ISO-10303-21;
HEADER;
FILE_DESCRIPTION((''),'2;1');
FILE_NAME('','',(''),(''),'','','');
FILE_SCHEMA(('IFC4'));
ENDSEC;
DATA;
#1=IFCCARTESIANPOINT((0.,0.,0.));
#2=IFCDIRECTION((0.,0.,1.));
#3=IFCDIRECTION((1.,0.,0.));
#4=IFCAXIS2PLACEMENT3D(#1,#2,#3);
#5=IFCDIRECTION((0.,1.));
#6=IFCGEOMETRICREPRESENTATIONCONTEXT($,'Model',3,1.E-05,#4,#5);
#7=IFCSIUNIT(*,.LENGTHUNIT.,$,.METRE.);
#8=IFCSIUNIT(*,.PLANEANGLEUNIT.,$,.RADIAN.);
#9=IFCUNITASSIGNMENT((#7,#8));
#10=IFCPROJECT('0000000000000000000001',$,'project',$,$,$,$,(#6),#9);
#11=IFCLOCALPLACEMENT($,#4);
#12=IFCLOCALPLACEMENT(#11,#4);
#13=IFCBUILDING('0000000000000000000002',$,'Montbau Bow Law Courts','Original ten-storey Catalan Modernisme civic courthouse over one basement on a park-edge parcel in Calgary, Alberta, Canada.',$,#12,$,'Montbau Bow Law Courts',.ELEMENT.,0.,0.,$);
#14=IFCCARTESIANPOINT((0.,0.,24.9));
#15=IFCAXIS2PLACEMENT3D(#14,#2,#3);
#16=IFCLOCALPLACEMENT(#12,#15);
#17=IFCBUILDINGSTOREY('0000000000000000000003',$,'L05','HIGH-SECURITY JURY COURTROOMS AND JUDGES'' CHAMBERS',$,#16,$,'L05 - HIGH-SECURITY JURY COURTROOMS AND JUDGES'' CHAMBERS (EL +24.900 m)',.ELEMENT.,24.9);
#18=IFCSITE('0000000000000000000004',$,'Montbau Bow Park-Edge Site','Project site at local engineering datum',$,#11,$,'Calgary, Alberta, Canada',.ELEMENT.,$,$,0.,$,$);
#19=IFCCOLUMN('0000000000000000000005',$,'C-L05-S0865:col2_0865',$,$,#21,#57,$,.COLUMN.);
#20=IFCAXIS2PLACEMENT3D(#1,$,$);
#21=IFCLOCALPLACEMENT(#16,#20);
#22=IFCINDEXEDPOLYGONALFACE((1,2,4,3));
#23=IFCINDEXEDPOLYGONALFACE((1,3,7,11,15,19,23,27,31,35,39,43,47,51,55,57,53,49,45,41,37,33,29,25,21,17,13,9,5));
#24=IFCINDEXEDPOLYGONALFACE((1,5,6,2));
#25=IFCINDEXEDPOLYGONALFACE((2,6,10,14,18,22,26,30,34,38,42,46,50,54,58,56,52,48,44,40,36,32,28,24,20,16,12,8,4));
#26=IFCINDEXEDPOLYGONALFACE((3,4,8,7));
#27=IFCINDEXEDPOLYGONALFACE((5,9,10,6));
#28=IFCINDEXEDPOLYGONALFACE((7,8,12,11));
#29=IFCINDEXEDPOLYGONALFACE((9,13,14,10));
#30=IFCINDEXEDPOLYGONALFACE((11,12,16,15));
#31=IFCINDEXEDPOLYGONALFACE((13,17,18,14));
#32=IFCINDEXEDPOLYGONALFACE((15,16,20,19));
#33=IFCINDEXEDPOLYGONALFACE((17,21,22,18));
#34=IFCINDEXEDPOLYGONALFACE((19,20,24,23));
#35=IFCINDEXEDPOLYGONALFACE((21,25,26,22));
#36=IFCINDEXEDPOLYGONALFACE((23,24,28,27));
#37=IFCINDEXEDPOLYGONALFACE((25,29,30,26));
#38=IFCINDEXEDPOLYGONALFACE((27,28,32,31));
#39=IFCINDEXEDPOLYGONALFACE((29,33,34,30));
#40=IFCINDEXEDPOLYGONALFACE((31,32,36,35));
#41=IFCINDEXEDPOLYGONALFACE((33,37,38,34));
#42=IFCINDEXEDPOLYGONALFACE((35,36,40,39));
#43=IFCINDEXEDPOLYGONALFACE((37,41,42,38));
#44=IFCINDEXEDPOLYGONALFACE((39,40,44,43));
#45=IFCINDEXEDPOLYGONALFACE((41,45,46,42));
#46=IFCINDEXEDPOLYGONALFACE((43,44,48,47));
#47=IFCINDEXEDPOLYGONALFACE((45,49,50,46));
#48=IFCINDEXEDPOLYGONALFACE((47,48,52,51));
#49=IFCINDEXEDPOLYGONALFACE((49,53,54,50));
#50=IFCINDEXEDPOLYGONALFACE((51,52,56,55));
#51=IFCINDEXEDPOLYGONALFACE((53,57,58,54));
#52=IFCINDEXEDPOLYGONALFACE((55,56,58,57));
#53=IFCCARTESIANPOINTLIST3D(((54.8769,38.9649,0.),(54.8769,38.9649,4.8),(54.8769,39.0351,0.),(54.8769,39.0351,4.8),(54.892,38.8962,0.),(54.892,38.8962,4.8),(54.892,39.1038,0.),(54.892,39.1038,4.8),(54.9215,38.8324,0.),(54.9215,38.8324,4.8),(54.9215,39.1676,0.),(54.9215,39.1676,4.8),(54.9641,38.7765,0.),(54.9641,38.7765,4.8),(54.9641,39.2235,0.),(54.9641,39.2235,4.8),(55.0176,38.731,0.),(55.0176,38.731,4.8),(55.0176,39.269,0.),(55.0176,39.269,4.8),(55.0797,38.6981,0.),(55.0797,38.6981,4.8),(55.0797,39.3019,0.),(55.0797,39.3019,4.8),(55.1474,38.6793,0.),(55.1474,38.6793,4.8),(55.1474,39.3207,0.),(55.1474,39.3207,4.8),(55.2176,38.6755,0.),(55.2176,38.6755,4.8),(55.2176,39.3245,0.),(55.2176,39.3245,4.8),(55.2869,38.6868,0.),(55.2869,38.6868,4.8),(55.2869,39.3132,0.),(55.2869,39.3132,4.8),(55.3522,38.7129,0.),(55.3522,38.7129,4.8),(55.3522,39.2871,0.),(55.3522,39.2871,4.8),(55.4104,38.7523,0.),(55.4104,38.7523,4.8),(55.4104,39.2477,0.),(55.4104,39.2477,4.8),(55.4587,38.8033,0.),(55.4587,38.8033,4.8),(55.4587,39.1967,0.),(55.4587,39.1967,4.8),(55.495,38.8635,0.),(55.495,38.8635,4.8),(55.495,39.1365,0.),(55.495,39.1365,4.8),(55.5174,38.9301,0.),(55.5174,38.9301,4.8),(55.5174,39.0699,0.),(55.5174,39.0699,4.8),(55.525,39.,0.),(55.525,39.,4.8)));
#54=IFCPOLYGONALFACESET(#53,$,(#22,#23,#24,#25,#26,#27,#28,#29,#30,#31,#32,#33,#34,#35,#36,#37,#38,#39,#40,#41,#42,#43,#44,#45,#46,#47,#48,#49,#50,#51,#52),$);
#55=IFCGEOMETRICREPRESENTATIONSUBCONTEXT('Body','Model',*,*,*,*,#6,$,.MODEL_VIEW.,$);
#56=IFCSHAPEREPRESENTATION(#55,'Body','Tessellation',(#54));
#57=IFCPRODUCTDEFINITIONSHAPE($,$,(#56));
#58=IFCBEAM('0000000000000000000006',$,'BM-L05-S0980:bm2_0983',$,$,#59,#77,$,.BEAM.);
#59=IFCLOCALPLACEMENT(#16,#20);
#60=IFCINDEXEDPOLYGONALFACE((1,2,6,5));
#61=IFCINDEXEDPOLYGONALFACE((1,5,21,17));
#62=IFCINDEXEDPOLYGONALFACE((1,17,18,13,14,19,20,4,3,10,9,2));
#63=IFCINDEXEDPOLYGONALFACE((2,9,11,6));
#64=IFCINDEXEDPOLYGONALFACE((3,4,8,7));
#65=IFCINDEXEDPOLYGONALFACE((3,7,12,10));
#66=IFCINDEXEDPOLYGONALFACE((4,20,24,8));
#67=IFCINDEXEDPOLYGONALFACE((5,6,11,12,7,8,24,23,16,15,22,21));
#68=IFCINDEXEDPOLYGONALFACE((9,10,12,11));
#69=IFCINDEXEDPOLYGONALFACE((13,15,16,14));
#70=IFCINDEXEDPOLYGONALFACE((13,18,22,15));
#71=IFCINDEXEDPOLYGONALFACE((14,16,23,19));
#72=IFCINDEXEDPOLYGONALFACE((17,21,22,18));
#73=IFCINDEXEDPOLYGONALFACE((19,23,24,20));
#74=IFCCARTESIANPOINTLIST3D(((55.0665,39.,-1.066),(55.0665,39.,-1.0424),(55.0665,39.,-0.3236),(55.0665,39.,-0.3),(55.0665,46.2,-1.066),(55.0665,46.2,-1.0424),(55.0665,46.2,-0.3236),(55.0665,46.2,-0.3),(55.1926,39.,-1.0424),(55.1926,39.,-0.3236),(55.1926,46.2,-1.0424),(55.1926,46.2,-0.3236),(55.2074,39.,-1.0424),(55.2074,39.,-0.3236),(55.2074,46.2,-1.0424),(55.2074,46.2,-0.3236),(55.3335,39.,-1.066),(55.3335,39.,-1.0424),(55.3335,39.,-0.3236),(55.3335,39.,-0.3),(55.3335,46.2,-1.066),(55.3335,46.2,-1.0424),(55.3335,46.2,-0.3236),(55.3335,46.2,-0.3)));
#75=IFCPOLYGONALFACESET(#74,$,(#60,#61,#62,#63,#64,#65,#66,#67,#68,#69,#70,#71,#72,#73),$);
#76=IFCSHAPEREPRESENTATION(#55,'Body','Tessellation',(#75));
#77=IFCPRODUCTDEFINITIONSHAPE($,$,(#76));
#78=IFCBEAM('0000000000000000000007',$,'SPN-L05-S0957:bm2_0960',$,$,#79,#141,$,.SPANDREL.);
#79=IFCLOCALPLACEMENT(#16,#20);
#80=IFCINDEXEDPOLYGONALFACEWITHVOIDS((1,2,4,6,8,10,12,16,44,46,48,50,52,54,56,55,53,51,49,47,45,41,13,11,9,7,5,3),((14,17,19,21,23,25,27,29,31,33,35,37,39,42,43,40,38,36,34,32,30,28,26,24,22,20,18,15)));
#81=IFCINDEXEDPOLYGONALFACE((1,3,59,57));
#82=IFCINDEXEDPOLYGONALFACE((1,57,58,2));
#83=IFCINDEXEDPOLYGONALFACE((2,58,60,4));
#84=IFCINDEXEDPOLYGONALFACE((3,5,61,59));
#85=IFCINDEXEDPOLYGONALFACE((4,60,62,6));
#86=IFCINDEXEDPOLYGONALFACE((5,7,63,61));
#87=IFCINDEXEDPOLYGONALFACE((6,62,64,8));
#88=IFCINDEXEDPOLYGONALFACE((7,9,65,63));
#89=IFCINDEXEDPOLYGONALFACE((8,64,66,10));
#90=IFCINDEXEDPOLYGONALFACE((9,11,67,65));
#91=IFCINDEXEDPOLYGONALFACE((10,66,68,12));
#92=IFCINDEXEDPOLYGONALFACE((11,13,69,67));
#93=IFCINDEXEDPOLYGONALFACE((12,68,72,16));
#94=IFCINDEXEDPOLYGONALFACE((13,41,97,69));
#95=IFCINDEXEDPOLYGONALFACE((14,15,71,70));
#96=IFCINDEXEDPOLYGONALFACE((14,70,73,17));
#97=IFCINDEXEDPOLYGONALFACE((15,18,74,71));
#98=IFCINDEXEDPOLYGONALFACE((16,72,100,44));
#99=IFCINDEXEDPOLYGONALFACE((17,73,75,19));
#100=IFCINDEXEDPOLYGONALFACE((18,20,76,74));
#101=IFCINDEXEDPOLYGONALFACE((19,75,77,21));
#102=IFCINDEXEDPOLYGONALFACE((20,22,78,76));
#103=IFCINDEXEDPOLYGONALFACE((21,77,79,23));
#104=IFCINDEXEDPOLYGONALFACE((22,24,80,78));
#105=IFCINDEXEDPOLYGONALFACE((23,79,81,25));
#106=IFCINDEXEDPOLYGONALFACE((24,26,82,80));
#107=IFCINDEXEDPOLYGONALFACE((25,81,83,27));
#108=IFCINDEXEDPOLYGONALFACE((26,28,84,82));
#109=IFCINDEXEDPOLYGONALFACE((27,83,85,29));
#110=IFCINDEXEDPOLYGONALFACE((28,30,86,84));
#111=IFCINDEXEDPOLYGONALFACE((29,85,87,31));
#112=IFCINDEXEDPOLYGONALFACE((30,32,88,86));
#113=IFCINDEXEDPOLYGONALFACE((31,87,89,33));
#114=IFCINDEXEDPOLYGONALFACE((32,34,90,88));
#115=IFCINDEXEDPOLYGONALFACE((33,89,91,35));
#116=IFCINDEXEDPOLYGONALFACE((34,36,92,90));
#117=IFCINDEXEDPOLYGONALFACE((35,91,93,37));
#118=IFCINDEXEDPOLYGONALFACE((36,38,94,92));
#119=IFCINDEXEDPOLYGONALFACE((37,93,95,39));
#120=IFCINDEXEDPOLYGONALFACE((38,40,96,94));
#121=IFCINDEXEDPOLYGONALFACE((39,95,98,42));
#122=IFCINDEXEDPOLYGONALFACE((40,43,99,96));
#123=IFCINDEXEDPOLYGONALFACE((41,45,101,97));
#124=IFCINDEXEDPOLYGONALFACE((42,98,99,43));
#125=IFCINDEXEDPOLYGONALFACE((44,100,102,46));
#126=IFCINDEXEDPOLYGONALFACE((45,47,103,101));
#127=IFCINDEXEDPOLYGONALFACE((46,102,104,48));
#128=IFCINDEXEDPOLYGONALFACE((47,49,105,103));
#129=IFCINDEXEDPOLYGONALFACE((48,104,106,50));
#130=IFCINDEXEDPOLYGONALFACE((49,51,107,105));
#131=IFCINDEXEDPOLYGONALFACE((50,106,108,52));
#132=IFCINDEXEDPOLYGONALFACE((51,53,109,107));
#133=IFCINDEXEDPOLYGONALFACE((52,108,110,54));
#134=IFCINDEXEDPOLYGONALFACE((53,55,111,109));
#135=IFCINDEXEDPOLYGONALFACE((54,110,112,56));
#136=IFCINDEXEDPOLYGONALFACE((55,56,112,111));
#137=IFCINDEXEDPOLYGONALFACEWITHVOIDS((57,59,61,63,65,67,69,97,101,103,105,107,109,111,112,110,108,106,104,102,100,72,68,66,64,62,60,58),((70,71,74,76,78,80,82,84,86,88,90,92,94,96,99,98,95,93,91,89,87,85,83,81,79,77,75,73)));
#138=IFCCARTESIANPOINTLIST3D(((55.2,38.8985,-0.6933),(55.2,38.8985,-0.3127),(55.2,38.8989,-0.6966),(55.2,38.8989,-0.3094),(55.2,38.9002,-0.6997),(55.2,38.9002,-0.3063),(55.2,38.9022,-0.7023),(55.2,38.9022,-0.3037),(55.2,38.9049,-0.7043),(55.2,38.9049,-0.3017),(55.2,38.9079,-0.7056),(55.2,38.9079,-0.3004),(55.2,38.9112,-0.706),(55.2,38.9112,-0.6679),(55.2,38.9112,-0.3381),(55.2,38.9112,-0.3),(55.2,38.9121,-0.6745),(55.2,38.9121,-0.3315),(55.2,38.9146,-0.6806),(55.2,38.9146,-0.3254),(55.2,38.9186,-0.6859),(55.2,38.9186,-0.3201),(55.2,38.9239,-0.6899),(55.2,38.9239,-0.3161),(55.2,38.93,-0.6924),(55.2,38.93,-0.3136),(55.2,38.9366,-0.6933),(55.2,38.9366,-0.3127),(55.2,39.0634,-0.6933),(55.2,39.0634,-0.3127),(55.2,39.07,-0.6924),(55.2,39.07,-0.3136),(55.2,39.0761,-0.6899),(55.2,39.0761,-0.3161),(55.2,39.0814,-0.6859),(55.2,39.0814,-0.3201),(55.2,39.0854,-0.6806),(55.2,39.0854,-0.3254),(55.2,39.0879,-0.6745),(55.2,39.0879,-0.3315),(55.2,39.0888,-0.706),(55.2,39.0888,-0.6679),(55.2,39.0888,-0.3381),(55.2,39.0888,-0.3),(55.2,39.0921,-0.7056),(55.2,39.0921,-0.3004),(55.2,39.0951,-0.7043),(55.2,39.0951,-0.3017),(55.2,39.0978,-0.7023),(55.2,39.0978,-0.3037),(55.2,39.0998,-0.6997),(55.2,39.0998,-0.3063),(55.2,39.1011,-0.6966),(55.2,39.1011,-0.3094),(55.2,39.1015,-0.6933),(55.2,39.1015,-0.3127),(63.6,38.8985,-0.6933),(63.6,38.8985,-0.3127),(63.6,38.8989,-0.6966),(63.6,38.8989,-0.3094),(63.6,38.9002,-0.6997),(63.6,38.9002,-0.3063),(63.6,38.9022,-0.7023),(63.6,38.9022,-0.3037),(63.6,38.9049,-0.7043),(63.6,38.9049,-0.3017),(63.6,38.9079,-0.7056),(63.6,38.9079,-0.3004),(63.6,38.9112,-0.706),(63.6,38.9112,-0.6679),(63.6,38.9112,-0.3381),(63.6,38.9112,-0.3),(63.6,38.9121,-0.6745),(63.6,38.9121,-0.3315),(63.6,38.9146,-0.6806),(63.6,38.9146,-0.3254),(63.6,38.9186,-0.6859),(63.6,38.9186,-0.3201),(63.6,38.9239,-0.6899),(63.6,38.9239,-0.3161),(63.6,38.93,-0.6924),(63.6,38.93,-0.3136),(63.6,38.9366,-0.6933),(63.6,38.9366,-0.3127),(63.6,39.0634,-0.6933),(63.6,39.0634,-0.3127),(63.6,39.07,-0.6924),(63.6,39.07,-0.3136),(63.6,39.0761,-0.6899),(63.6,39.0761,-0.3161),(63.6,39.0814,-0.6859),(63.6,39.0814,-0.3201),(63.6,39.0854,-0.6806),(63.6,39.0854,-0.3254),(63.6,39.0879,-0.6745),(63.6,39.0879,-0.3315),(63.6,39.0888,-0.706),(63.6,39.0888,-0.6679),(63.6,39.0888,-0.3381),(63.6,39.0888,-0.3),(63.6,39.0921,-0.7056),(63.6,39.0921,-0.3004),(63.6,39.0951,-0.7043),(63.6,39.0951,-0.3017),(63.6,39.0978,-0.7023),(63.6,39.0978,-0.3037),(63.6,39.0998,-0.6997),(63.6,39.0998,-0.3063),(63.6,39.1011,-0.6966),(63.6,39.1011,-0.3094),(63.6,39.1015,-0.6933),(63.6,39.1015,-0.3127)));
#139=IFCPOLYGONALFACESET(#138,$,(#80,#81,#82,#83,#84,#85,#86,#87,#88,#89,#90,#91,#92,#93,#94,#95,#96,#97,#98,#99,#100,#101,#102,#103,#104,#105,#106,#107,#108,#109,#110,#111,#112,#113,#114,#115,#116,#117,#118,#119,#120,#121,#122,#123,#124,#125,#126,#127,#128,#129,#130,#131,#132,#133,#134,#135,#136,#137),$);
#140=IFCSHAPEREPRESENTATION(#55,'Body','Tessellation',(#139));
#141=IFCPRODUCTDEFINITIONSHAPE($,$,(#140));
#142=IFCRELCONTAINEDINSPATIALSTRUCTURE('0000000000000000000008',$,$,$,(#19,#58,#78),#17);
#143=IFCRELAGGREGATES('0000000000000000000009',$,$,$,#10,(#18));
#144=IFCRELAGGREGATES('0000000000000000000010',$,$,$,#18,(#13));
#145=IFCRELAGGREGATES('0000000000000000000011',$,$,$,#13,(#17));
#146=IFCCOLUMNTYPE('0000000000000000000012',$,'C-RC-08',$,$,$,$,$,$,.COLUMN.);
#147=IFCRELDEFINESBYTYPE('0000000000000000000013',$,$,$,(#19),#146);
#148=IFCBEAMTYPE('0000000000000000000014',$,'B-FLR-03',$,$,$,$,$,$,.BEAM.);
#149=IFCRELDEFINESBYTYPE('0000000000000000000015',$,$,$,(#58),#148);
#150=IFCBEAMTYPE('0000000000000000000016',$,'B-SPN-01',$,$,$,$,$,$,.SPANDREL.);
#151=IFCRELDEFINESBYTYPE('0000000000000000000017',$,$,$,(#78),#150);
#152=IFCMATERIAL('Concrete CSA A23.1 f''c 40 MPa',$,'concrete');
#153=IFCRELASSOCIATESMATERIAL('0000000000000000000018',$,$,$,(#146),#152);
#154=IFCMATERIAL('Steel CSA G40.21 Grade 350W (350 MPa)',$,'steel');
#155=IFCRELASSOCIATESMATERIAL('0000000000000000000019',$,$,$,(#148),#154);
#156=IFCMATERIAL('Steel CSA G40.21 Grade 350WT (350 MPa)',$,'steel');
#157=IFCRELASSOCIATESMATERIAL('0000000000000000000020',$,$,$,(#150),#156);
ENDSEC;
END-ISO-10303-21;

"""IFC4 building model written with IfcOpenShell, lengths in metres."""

from ifc_helpers import new_model, si_unit, direction, frame, origin_with_axes, origin_2d_with_axis, place, context, subcontext, project, spatial, hollow_rectangle, circle, i_section, extrude, material, material_profile, profile_set, type_object, element, save


model = new_model("IFC4")

# Units and contexts
model_context = context("Model", 3, precision=1e-05, world=origin_with_axes(), true_north=direction((0.0, 1.0)))
body_context = subcontext(model_context, "Body", "Model", "MODEL_VIEW")
ifc_project = project(units=[si_unit("LENGTHUNIT", "METRE"), si_unit("PLANEANGLEUNIT", "RADIAN")], contexts=[model_context])

# Site, building, storey
site_placement = place(None, origin_with_axes())
site = spatial("IfcSite", under=ifc_project, at=site_placement, Name="Montbau Bow Park-Edge Site", Description="Project site at local engineering datum", LongName="Calgary, Alberta, Canada", CompositionType="ELEMENT", RefElevation=0.0)
building_placement = place(site_placement, origin_with_axes())
building = spatial("IfcBuilding", under=site, at=building_placement, Name="Montbau Bow Law Courts", Description="Original ten-storey Catalan Modernisme civic courthouse over one basement on a park-edge parcel in Calgary, Alberta, Canada.", LongName="Montbau Bow Law Courts", CompositionType="ELEMENT", ElevationOfRefHeight=0.0, ElevationOfTerrain=0.0)
storey_placement = place(building_placement, frame((0.0, 0.0, 24.9), z_axis=(0.0, 0.0, 1.0), x_axis=(1.0, 0.0, 0.0)))
storey = spatial("IfcBuildingStorey", under=building, at=storey_placement, Name="L05", Description="HIGH-SECURITY JURY COURTROOMS AND JUDGES' CHAMBERS", LongName="L05 - HIGH-SECURITY JURY COURTROOMS AND JUDGES' CHAMBERS (EL +24.900 m)", CompositionType="ELEMENT", Elevation=24.9)

# Column
ifc_material_1 = material(Name="Concrete CSA A23.1 f'c 40 MPa", Category="concrete")
ifc_material_profile_1 = material_profile(ifc_material_1, circle(Radius=0.325, at=origin_2d_with_axis()), Name="RC650D", Category="Main", Priority=0)
ifc_profile_set_1 = profile_set([ifc_material_profile_1], Name="Concrete CSA A23.1 f'c 40 MPa")
column_type = type_object("IfcColumnType", Name="C-RC-08", PredefinedType="COLUMN", material=ifc_profile_set_1)
column_placement = place(None, frame((55.2, 39.0, 24.9), z_axis=(0.0, 0.0, 1.0), x_axis=(1.0, 0.0, 0.0)))
element("IfcColumn", 1, at=column_placement, inside=storey, type_object=column_type, Name="C-L05-S0865:col2_0865", PredefinedType="COLUMN", context=body_context, shape_type="SweptSolid", body=[
    extrude(circle(Radius=0.325, at=origin_2d_with_axis()), origin_with_axes(), (0.0, 0.0, 1.0), 4.8),
])

# Beams
ifc_material_2 = material(Name="Steel CSA G40.21 Grade 350W (350 MPa)", Category="steel")
ifc_material_profile_2 = material_profile(ifc_material_2, i_section(OverallWidth=0.267, OverallDepth=0.766, WebThickness=0.0149, FlangeThickness=0.0236, at=origin_2d_with_axis()), Name="W760X185", Category="Main", Priority=0)
ifc_profile_set_2 = profile_set([ifc_material_profile_2], Name="Steel CSA G40.21 Grade 350W (350 MPa)")
beam_type_1 = type_object("IfcBeamType", Name="B-FLR-03", PredefinedType="BEAM", material=ifc_profile_set_2)
beam_1_placement = place(None, frame((55.2, 39.0, 24.217), z_axis=(0.0, 1.0, 0.0), x_axis=(-1.0, 0.0, 0.0)))
element("IfcBeam", 2, at=beam_1_placement, inside=storey, type_object=beam_type_1, Name="BM-L05-S0980:bm2_0983", PredefinedType="BEAM", context=body_context, shape_type="SweptSolid", body=[
    extrude(i_section(OverallWidth=0.267, OverallDepth=0.766, WebThickness=0.0149, FlangeThickness=0.0236, at=origin_2d_with_axis()), origin_with_axes(), (0.0, 0.0, 1.0), 7.2),
])
ifc_material_3 = material(Name="Steel CSA G40.21 Grade 350WT (350 MPa)", Category="steel")
ifc_material_profile_3 = material_profile(ifc_material_3, hollow_rectangle(XDim=0.203, YDim=0.406, WallThickness=0.0127, InnerFilletRadius=0.0254, OuterFilletRadius=0.0127, at=origin_2d_with_axis()), Name="HSS406X203X13", Category="Main", Priority=0)
ifc_profile_set_3 = profile_set([ifc_material_profile_3], Name="Steel CSA G40.21 Grade 350WT (350 MPa)")
beam_type_2 = type_object("IfcBeamType", Name="B-SPN-01", PredefinedType="SPANDREL", material=ifc_profile_set_3)
beam_2_placement = place(None, frame((55.2, 39.0, 24.397), z_axis=(1.0, 0.0, 0.0), x_axis=(0.0, 1.0, 0.0)))
element("IfcBeam", 3, at=beam_2_placement, inside=storey, type_object=beam_type_2, Name="SPN-L05-S0957:bm2_0960", PredefinedType="SPANDREL", context=body_context, shape_type="SweptSolid", body=[
    extrude(hollow_rectangle(XDim=0.203, YDim=0.406, WallThickness=0.0127, InnerFilletRadius=0.0254, OuterFilletRadius=0.0127, at=origin_2d_with_axis()), origin_with_axes(), (0.0, 0.0, 1.0), 8.4),
])

save(model, "model.ifc")
